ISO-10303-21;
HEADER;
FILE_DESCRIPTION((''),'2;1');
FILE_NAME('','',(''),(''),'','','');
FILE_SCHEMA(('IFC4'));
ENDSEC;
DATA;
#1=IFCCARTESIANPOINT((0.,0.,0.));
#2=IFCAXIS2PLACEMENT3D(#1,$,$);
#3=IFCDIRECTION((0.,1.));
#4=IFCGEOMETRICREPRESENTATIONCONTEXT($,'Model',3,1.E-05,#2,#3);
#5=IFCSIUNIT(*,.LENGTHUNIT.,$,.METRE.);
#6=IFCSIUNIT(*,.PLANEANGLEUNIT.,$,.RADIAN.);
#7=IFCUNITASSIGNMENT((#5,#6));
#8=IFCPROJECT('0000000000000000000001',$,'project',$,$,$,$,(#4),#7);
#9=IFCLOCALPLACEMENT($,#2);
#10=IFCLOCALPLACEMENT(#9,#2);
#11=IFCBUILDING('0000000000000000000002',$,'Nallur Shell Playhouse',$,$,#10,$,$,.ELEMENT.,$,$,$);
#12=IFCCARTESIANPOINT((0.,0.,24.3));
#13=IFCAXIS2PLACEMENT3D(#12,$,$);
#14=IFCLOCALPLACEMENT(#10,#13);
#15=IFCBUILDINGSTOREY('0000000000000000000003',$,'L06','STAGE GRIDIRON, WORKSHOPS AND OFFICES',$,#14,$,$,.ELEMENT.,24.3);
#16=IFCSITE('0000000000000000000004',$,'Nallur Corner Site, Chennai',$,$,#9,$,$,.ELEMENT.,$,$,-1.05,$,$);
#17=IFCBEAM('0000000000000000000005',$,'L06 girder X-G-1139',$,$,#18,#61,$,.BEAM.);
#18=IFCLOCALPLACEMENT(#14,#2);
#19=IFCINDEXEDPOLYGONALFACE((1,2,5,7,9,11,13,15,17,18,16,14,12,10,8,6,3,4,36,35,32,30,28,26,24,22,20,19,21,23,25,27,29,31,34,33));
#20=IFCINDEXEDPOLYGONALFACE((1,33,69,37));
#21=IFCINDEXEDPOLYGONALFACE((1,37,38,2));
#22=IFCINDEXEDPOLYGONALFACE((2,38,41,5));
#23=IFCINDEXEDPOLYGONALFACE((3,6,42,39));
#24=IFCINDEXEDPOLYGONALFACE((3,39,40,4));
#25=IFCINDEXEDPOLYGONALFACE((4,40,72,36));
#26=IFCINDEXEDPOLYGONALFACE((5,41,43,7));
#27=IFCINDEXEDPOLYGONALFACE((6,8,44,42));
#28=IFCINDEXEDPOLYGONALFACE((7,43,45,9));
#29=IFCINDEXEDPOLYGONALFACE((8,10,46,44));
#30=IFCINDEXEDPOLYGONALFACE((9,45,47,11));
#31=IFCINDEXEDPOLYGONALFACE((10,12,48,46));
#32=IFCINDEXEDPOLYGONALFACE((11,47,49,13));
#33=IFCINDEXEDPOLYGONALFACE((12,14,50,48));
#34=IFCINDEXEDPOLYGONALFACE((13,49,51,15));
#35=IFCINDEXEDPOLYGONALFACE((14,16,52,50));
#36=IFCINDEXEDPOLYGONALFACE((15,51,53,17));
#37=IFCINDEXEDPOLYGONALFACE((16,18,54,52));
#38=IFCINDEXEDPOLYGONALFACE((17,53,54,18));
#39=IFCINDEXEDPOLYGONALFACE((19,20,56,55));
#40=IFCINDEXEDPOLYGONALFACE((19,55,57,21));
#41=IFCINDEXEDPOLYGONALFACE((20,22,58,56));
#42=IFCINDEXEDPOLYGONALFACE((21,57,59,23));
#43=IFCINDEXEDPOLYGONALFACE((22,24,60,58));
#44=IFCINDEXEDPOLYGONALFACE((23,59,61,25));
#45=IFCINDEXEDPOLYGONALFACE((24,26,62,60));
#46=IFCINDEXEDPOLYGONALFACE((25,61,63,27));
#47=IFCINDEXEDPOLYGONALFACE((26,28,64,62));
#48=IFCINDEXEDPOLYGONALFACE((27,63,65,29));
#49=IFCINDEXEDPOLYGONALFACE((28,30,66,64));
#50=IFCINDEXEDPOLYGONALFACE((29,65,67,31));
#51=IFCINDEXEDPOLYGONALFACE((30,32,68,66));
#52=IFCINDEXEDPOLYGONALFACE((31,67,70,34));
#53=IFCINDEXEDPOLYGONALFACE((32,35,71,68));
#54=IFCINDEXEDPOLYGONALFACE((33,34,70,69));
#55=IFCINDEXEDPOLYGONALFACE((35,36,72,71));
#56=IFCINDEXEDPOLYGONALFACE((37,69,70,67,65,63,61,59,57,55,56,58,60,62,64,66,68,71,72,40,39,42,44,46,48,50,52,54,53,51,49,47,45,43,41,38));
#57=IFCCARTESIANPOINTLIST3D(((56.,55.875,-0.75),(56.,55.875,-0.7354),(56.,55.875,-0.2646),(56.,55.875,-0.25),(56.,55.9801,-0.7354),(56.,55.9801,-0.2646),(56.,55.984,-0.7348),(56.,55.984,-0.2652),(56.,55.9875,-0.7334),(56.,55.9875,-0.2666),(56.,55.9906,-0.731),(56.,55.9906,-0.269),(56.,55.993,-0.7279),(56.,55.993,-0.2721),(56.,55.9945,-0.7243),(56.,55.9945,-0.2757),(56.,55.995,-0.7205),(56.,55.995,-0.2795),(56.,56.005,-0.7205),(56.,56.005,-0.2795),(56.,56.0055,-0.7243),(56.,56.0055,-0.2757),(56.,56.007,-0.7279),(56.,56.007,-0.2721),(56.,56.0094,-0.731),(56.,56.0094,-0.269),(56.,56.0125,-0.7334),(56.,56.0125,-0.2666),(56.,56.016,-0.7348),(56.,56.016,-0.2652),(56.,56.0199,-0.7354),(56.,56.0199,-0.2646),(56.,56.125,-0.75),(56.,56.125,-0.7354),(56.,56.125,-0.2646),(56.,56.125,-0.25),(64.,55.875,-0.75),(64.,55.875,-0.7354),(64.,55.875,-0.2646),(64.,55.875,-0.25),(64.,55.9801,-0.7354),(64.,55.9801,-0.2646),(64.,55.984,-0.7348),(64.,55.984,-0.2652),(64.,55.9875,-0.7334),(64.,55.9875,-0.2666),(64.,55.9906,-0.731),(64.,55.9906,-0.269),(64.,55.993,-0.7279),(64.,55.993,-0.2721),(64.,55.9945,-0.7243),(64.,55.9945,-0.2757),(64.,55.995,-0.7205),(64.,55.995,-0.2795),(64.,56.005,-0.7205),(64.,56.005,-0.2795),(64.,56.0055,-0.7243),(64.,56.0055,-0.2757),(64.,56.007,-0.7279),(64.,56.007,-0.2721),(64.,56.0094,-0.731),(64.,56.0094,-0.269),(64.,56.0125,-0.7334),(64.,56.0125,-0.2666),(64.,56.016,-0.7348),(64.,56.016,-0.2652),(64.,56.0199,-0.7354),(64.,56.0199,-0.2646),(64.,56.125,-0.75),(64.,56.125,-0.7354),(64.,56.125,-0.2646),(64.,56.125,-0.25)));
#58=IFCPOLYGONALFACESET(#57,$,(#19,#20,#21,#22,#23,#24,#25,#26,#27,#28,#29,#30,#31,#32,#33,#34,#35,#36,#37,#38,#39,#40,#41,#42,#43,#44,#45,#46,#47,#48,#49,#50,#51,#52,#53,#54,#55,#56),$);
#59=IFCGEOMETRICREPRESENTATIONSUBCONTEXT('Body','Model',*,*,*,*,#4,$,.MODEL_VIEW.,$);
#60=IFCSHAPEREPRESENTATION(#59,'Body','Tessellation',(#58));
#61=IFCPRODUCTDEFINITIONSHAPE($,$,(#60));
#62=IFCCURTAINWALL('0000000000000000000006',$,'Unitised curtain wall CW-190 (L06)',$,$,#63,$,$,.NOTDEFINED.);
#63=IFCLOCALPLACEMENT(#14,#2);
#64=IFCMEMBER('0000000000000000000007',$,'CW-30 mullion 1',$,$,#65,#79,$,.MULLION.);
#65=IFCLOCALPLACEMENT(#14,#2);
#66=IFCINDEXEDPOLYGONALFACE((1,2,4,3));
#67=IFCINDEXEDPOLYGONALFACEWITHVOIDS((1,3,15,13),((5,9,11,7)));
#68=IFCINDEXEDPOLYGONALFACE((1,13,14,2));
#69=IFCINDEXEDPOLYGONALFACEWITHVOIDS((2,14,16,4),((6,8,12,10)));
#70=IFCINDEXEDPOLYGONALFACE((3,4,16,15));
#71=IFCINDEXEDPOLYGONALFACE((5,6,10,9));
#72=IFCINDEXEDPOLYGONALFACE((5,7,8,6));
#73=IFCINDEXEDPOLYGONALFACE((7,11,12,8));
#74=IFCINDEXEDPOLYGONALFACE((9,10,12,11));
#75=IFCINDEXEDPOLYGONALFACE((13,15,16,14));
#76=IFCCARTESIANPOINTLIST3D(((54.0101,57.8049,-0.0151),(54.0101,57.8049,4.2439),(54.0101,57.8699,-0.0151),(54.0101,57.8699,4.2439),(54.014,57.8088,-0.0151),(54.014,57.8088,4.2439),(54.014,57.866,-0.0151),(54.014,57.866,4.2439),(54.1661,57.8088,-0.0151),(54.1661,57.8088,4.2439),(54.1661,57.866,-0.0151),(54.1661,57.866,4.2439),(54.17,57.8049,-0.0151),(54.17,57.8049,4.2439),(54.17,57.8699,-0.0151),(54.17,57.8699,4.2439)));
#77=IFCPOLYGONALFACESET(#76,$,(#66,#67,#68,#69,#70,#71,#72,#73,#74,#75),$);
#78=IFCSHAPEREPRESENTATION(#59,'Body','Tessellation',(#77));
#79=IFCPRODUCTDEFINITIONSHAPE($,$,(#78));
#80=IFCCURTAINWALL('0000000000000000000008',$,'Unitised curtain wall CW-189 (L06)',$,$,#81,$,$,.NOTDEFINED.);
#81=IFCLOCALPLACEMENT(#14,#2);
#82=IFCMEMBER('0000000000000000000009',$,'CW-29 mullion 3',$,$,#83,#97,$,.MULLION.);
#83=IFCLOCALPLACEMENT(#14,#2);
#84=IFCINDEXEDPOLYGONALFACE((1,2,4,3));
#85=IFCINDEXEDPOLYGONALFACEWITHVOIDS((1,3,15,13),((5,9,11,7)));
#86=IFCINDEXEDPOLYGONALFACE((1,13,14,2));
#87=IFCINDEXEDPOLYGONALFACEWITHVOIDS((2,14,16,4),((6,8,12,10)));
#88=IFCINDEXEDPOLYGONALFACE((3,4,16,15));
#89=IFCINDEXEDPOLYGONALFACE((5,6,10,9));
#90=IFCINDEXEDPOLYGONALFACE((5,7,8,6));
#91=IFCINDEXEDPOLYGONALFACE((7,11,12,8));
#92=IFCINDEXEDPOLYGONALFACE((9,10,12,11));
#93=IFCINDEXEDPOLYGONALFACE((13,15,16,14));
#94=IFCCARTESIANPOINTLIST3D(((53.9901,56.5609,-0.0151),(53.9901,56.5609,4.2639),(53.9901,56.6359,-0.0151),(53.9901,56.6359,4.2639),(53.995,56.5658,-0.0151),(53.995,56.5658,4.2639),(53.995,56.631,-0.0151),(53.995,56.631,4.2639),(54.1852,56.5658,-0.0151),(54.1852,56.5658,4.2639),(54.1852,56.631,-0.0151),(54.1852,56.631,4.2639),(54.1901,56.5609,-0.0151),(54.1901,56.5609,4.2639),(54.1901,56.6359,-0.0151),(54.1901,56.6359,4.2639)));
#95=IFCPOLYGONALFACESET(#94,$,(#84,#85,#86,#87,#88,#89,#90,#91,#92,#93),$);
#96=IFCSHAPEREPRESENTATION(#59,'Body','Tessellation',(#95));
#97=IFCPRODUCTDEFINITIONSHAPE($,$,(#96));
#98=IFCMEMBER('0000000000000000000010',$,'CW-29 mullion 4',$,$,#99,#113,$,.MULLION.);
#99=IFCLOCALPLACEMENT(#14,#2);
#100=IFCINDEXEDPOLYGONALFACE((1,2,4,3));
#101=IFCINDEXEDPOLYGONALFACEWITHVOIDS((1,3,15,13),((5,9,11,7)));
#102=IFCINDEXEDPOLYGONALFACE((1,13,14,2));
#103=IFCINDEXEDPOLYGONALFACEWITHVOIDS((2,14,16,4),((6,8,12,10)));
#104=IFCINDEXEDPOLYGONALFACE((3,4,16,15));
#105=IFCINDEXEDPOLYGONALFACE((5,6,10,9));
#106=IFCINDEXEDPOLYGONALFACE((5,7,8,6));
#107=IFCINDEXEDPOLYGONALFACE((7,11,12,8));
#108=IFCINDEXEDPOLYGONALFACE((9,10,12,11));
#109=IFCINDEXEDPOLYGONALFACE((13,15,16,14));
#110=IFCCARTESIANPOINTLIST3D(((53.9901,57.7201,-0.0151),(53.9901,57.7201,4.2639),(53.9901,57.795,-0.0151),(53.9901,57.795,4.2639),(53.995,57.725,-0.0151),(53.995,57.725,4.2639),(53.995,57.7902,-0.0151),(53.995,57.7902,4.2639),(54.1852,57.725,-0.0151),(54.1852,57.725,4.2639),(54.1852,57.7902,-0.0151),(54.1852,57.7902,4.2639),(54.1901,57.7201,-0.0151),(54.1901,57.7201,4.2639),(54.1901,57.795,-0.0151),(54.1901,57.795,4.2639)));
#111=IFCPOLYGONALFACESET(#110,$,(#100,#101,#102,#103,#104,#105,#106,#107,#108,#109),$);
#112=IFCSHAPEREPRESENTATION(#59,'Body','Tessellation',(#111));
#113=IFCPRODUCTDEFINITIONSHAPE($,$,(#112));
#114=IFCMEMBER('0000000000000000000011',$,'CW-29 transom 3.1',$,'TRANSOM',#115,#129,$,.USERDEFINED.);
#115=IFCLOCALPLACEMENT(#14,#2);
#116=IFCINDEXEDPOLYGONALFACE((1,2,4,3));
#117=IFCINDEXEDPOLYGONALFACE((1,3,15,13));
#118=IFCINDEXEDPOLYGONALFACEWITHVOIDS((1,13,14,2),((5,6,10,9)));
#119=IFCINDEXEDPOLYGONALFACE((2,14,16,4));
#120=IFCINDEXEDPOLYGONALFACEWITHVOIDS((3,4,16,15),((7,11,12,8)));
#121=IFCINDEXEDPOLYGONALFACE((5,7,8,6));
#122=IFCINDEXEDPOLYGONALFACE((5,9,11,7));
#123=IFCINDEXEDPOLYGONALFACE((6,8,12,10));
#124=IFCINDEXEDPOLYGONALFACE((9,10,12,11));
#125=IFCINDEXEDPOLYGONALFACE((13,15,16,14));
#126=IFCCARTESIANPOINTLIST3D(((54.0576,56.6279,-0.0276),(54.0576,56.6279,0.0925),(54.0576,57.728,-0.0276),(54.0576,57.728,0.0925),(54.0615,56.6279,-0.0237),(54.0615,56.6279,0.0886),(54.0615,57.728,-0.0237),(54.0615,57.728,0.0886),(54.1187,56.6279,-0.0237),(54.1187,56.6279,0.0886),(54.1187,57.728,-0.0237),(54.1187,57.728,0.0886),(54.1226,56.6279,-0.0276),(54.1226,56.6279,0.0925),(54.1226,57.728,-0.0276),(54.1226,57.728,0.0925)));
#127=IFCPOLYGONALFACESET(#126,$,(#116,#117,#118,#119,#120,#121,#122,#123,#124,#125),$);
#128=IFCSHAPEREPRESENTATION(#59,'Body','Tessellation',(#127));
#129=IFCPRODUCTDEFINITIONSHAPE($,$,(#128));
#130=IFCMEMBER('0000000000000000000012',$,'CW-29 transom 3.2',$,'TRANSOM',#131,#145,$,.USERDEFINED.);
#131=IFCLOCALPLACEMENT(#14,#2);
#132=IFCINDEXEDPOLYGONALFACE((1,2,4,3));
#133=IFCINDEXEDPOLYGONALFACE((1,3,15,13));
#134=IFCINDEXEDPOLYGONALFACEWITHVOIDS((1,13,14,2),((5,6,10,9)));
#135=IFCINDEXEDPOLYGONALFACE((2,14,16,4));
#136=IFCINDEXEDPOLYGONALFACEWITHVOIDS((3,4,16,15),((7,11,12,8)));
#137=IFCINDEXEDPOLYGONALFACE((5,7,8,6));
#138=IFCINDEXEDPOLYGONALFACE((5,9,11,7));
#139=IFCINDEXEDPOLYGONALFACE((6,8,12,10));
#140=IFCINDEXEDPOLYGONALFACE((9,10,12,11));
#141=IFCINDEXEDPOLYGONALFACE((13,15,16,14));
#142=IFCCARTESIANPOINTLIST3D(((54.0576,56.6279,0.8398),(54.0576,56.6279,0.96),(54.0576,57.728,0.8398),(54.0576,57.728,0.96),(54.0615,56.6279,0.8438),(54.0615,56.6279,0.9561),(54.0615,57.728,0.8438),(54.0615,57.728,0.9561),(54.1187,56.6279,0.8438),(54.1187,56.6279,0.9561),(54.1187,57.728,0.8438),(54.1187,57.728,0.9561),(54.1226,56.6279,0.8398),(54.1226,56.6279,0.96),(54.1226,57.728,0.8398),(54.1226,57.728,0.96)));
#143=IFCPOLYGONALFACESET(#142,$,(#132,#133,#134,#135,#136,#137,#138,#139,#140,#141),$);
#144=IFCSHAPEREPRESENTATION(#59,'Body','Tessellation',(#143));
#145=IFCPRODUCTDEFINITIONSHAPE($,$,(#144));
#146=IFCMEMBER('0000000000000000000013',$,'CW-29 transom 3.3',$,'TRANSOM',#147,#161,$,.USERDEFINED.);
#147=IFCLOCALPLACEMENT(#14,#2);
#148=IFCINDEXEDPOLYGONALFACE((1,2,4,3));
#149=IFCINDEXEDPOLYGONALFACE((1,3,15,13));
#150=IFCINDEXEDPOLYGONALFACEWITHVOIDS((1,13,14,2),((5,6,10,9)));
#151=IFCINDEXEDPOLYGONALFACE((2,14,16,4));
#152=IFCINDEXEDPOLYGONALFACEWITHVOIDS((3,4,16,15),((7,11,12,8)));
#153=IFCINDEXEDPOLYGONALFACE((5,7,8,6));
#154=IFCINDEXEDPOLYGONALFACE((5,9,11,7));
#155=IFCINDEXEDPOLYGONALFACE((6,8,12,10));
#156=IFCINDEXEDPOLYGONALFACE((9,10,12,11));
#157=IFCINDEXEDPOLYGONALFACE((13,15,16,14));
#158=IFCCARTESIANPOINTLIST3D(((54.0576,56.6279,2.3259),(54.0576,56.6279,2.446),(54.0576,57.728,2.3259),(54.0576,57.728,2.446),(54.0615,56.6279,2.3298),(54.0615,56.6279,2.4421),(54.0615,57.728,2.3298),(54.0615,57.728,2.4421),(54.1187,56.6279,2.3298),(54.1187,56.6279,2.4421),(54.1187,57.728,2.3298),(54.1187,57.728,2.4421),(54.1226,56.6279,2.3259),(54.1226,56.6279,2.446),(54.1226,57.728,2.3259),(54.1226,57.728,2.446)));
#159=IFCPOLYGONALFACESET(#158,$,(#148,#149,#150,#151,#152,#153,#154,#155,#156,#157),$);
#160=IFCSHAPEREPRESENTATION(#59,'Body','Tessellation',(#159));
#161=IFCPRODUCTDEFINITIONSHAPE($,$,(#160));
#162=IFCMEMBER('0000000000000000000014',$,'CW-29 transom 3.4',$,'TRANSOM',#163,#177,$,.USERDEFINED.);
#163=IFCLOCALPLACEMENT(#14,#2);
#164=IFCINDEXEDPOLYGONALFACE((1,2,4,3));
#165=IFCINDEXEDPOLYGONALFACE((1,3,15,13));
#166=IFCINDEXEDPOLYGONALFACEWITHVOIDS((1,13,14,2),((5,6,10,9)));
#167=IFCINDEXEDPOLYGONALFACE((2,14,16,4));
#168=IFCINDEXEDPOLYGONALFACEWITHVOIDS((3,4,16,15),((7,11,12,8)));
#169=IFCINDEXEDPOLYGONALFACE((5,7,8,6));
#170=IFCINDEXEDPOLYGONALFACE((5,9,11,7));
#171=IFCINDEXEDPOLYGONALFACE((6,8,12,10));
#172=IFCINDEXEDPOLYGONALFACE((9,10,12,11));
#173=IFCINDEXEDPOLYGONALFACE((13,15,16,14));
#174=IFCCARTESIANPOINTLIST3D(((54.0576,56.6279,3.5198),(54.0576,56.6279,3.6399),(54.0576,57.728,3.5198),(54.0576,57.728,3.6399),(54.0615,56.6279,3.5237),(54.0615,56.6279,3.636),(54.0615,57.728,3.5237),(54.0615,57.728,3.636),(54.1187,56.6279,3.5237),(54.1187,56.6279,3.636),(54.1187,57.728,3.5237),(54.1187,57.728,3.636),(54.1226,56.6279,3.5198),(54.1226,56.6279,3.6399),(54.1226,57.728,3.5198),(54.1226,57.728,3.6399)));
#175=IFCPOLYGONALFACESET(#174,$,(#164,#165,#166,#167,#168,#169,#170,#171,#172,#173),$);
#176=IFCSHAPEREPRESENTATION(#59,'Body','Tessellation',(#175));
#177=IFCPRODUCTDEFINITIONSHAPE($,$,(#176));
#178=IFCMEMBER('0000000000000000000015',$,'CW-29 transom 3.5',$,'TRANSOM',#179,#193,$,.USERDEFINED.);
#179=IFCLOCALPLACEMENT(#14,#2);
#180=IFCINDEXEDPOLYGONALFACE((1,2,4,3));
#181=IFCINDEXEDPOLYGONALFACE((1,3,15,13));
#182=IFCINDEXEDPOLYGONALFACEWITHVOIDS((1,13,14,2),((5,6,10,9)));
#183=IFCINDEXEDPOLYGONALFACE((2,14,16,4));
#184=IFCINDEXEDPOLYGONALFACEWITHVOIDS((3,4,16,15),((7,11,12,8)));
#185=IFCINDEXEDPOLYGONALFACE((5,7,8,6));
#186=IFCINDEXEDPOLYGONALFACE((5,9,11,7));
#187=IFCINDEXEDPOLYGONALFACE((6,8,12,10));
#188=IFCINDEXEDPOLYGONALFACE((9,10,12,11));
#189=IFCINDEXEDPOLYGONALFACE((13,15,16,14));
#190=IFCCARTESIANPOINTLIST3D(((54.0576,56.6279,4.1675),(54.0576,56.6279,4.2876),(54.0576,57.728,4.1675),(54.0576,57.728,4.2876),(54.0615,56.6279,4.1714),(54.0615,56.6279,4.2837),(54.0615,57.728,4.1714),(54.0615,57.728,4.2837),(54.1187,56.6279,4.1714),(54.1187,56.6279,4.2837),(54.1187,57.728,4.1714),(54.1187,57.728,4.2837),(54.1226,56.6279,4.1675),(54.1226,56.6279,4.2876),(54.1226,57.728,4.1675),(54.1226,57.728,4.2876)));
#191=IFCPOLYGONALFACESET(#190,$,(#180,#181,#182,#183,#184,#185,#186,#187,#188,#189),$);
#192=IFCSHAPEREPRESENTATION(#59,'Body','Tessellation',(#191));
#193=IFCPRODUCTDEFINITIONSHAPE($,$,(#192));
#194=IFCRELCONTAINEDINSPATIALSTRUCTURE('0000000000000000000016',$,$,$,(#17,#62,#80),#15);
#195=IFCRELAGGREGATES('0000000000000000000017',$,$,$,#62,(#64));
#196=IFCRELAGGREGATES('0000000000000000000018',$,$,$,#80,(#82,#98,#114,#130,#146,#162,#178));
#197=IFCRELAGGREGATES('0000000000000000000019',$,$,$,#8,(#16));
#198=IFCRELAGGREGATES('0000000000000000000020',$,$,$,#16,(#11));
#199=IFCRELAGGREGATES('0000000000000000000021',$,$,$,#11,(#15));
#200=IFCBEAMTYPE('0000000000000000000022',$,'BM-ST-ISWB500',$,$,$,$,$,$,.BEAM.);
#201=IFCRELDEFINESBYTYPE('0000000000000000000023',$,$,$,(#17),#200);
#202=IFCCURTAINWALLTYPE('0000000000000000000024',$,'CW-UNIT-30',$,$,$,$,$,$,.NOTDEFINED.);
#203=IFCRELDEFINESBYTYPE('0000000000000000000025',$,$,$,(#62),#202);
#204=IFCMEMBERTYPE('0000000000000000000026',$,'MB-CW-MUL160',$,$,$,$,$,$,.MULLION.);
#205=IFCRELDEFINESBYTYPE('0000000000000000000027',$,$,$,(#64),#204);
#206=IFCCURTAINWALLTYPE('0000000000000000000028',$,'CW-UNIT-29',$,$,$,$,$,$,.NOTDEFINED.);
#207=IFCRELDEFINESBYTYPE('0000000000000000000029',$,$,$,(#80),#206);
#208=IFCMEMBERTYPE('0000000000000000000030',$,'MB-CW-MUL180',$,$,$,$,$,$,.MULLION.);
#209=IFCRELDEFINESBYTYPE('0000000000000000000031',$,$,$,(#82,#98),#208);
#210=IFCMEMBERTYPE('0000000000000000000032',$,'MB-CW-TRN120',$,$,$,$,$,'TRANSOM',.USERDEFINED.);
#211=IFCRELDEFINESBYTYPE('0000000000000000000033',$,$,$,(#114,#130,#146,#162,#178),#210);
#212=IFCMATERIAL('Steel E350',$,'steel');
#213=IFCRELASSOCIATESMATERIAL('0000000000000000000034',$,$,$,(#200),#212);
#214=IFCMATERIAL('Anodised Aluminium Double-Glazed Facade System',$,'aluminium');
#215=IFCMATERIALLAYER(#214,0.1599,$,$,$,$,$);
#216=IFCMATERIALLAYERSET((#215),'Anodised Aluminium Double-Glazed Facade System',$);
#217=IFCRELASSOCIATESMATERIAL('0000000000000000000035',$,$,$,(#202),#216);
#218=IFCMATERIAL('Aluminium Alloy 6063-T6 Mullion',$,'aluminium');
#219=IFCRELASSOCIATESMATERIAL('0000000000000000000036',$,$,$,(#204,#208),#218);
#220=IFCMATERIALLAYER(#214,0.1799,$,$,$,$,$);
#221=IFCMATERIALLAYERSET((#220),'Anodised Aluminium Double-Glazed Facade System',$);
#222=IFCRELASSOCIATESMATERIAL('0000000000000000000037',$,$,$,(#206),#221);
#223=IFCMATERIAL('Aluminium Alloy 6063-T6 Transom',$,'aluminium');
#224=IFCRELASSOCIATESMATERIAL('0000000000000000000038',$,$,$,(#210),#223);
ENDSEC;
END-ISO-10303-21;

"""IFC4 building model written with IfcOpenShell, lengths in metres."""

from ifc_helpers import new_model, si_unit, direction, frame, origin, origin_2d, place, context, subcontext, project, spatial, hollow_rectangle, i_section, extrude, material, layer, layer_set, material_profile, profile_set, type_object, element, aggregate, save


model = new_model("IFC4")

# Units and contexts
model_context = context("Model", 3, precision=1e-05, world=origin(), true_north=direction((0.0, 1.0)))
body_context = subcontext(model_context, "Body", "Model", "MODEL_VIEW")
ifc_project = project(units=[si_unit("LENGTHUNIT", "METRE"), si_unit("PLANEANGLEUNIT", "RADIAN")], contexts=[model_context])

# Site, building, storey
site_placement = place(None, origin())
site = spatial("IfcSite", under=ifc_project, at=site_placement, Name="Nallur Corner Site, Chennai", CompositionType="ELEMENT", RefElevation=-1.05)
building_placement = place(site_placement, origin())
building = spatial("IfcBuilding", under=site, at=building_placement, Name="Nallur Shell Playhouse", CompositionType="ELEMENT")
storey_placement = place(building_placement, frame((0.0, 0.0, 24.3)))
storey = spatial("IfcBuildingStorey", under=building, at=storey_placement, Name="L06", Description="STAGE GRIDIRON, WORKSHOPS AND OFFICES", CompositionType="ELEMENT", Elevation=24.3)

# Beam
ifc_material_1 = material(Name="Steel E350", Category="steel")
ifc_material_profile_1 = material_profile(ifc_material_1, i_section(OverallWidth=0.25, OverallDepth=0.5, WebThickness=0.01, FlangeThickness=0.0146, FilletRadius=0.0149, at=origin_2d()), Name="ISWB 500")
ifc_profile_set_1 = profile_set([ifc_material_profile_1], Name="Steel E350")
beam_type_1 = type_object("IfcBeamType", Name="BM-ST-ISWB500", PredefinedType="BEAM", material=ifc_profile_set_1)
beam_1_placement = place(storey_placement, frame((56.0, 56.0, -0.5), z_axis=(1.0, 0.0, 0.0), x_axis=(0.0, 1.0, 0.0)))
element("IfcBeam", 1, at=beam_1_placement, inside=storey, type_object=beam_type_1, Name="L06 girder X-G-1139", PredefinedType="BEAM", context=body_context, shape_type="SweptSolid", body=[
    extrude(i_section(OverallWidth=0.25, OverallDepth=0.5, WebThickness=0.01, FlangeThickness=0.0146, FilletRadius=0.0149, at=origin_2d()), origin(), (0.0, 0.0, 1.0), 8.0),
])

# Curtain wall, member
ifc_material_2 = material(Name="Anodised Aluminium Double-Glazed Facade System", Category="aluminium")
ifc_layer_1 = layer(ifc_material_2, 0.1599)
ifc_layer_set_1 = layer_set([ifc_layer_1], Name="Anodised Aluminium Double-Glazed Facade System")
curtain_wall_type_1 = type_object("IfcCurtainWallType", Name="CW-UNIT-30", PredefinedType="NOTDEFINED", material=ifc_layer_set_1)
curtain_wall_1_placement = place(storey_placement, origin())
curtain_wall_1 = element("IfcCurtainWall", 2, at=curtain_wall_1_placement, inside=storey, type_object=curtain_wall_type_1, Name="Unitised curtain wall CW-190 (L06)", PredefinedType="NOTDEFINED")
ifc_material_3 = material(Name="Aluminium Alloy 6063-T6 Mullion", Category="aluminium")
ifc_material_profile_2 = material_profile(ifc_material_3, hollow_rectangle(XDim=0.0649, YDim=0.1599, WallThickness=0.0039, at=origin_2d()), Name="ALU 65x160x4")
ifc_profile_set_2 = profile_set([ifc_material_profile_2], Name="Aluminium Alloy 6063-T6 Mullion")
member_type_1 = type_object("IfcMemberType", Name="MB-CW-MUL160", PredefinedType="MULLION", material=ifc_profile_set_2)
member_1_placement = place(storey_placement, frame((54.0901, 57.8374, -0.0151), z_axis=(0.0, 0.0, 1.0), x_axis=(0.0, 1.0, 0.0)))
member_1 = element("IfcMember", 3, at=member_1_placement, type_object=member_type_1, Name="CW-30 mullion 1", PredefinedType="MULLION", context=body_context, shape_type="SweptSolid", body=[
    extrude(hollow_rectangle(XDim=0.0649, YDim=0.1599, WallThickness=0.0039, at=origin_2d()), origin(), (0.0, 0.0, 1.0), 4.259),
])

# Curtain wall, members
ifc_layer_2 = layer(ifc_material_2, 0.1799)
ifc_layer_set_2 = layer_set([ifc_layer_2], Name="Anodised Aluminium Double-Glazed Facade System")
curtain_wall_type_2 = type_object("IfcCurtainWallType", Name="CW-UNIT-29", PredefinedType="NOTDEFINED", material=ifc_layer_set_2)
curtain_wall_2_placement = place(storey_placement, origin())
curtain_wall_2 = element("IfcCurtainWall", 4, at=curtain_wall_2_placement, inside=storey, type_object=curtain_wall_type_2, Name="Unitised curtain wall CW-189 (L06)", PredefinedType="NOTDEFINED")
ifc_material_profile_3 = material_profile(ifc_material_3, hollow_rectangle(XDim=0.075, YDim=0.2, WallThickness=0.0049, at=origin_2d()), Name="ALU 75x200x5")
ifc_profile_set_3 = profile_set([ifc_material_profile_3], Name="Aluminium Alloy 6063-T6 Mullion")
member_type_2 = type_object("IfcMemberType", Name="MB-CW-MUL180", PredefinedType="MULLION", material=ifc_profile_set_3)
member_2_placement = place(storey_placement, frame((54.0901, 56.5984, -0.0151), z_axis=(0.0, 0.0, 1.0), x_axis=(0.0, 1.0, 0.0)))
member_2 = element("IfcMember", 5, at=member_2_placement, type_object=member_type_2, Name="CW-29 mullion 3", PredefinedType="MULLION", context=body_context, shape_type="SweptSolid", body=[
    extrude(hollow_rectangle(XDim=0.075, YDim=0.2, WallThickness=0.0049, at=origin_2d()), origin(), (0.0, 0.0, 1.0), 4.2791),
])
member_3_placement = place(storey_placement, frame((54.0901, 57.7576, -0.0151), z_axis=(0.0, 0.0, 1.0), x_axis=(0.0, 1.0, 0.0)))
member_3 = element("IfcMember", 6, at=member_3_placement, type_object=member_type_2, Name="CW-29 mullion 4", PredefinedType="MULLION", context=body_context, shape_type="SweptSolid", body=[
    extrude(hollow_rectangle(XDim=0.075, YDim=0.2, WallThickness=0.0049, at=origin_2d()), origin(), (0.0, 0.0, 1.0), 4.2791),
])
ifc_material_4 = material(Name="Aluminium Alloy 6063-T6 Transom", Category="aluminium")
ifc_material_profile_4 = material_profile(ifc_material_4, hollow_rectangle(XDim=0.0649, YDim=0.1201, WallThickness=0.0039, at=origin_2d()), Name="ALU 65x120x4")
ifc_profile_set_4 = profile_set([ifc_material_profile_4], Name="Aluminium Alloy 6063-T6 Transom")
member_type_3 = type_object("IfcMemberType", Name="MB-CW-TRN120", ElementType="TRANSOM", PredefinedType="USERDEFINED", material=ifc_profile_set_4)
member_4_placement = place(storey_placement, frame((54.0901, 56.6279, 0.0325), z_axis=(0.0, 1.0, 0.0), x_axis=(-1.0, 0.0, 0.0)))
member_4 = element("IfcMember", 7, at=member_4_placement, type_object=member_type_3, Name="CW-29 transom 3.1", ObjectType="TRANSOM", PredefinedType="USERDEFINED", context=body_context, shape_type="SweptSolid", body=[
    extrude(hollow_rectangle(XDim=0.0649, YDim=0.1201, WallThickness=0.0039, at=origin_2d()), origin(), (0.0, 0.0, 1.0), 1.1001),
])
member_5_placement = place(storey_placement, frame((54.0901, 56.6279, 0.8999), z_axis=(0.0, 1.0, 0.0), x_axis=(-1.0, 0.0, 0.0)))
member_5 = element("IfcMember", 8, at=member_5_placement, type_object=member_type_3, Name="CW-29 transom 3.2", ObjectType="TRANSOM", PredefinedType="USERDEFINED", context=body_context, shape_type="SweptSolid", body=[
    extrude(hollow_rectangle(XDim=0.0649, YDim=0.1201, WallThickness=0.0039, at=origin_2d()), origin(), (0.0, 0.0, 1.0), 1.1001),
])
member_6_placement = place(storey_placement, frame((54.0901, 56.6279, 2.386), z_axis=(0.0, 1.0, 0.0), x_axis=(-1.0, 0.0, 0.0)))
member_6 = element("IfcMember", 9, at=member_6_placement, type_object=member_type_3, Name="CW-29 transom 3.3", ObjectType="TRANSOM", PredefinedType="USERDEFINED", context=body_context, shape_type="SweptSolid", body=[
    extrude(hollow_rectangle(XDim=0.0649, YDim=0.1201, WallThickness=0.0039, at=origin_2d()), origin(), (0.0, 0.0, 1.0), 1.1001),
])
member_7_placement = place(storey_placement, frame((54.0901, 56.6279, 3.5798), z_axis=(0.0, 1.0, 0.0), x_axis=(-1.0, 0.0, 0.0)))
member_7 = element("IfcMember", 10, at=member_7_placement, type_object=member_type_3, Name="CW-29 transom 3.4", ObjectType="TRANSOM", PredefinedType="USERDEFINED", context=body_context, shape_type="SweptSolid", body=[
    extrude(hollow_rectangle(XDim=0.0649, YDim=0.1201, WallThickness=0.0039, at=origin_2d()), origin(), (0.0, 0.0, 1.0), 1.1001),
])
member_8_placement = place(storey_placement, frame((54.0901, 56.6279, 4.2275), z_axis=(0.0, 1.0, 0.0), x_axis=(-1.0, 0.0, 0.0)))
member_8 = element("IfcMember", 11, at=member_8_placement, type_object=member_type_3, Name="CW-29 transom 3.5", ObjectType="TRANSOM", PredefinedType="USERDEFINED", context=body_context, shape_type="SweptSolid", body=[
    extrude(hollow_rectangle(XDim=0.0649, YDim=0.1201, WallThickness=0.0039, at=origin_2d()), origin(), (0.0, 0.0, 1.0), 1.1001),
])

aggregate(curtain_wall_1, [member_1])

aggregate(curtain_wall_2, [member_2, member_3, member_4, member_5, member_6, member_7, member_8])

save(model, "model.ifc")
